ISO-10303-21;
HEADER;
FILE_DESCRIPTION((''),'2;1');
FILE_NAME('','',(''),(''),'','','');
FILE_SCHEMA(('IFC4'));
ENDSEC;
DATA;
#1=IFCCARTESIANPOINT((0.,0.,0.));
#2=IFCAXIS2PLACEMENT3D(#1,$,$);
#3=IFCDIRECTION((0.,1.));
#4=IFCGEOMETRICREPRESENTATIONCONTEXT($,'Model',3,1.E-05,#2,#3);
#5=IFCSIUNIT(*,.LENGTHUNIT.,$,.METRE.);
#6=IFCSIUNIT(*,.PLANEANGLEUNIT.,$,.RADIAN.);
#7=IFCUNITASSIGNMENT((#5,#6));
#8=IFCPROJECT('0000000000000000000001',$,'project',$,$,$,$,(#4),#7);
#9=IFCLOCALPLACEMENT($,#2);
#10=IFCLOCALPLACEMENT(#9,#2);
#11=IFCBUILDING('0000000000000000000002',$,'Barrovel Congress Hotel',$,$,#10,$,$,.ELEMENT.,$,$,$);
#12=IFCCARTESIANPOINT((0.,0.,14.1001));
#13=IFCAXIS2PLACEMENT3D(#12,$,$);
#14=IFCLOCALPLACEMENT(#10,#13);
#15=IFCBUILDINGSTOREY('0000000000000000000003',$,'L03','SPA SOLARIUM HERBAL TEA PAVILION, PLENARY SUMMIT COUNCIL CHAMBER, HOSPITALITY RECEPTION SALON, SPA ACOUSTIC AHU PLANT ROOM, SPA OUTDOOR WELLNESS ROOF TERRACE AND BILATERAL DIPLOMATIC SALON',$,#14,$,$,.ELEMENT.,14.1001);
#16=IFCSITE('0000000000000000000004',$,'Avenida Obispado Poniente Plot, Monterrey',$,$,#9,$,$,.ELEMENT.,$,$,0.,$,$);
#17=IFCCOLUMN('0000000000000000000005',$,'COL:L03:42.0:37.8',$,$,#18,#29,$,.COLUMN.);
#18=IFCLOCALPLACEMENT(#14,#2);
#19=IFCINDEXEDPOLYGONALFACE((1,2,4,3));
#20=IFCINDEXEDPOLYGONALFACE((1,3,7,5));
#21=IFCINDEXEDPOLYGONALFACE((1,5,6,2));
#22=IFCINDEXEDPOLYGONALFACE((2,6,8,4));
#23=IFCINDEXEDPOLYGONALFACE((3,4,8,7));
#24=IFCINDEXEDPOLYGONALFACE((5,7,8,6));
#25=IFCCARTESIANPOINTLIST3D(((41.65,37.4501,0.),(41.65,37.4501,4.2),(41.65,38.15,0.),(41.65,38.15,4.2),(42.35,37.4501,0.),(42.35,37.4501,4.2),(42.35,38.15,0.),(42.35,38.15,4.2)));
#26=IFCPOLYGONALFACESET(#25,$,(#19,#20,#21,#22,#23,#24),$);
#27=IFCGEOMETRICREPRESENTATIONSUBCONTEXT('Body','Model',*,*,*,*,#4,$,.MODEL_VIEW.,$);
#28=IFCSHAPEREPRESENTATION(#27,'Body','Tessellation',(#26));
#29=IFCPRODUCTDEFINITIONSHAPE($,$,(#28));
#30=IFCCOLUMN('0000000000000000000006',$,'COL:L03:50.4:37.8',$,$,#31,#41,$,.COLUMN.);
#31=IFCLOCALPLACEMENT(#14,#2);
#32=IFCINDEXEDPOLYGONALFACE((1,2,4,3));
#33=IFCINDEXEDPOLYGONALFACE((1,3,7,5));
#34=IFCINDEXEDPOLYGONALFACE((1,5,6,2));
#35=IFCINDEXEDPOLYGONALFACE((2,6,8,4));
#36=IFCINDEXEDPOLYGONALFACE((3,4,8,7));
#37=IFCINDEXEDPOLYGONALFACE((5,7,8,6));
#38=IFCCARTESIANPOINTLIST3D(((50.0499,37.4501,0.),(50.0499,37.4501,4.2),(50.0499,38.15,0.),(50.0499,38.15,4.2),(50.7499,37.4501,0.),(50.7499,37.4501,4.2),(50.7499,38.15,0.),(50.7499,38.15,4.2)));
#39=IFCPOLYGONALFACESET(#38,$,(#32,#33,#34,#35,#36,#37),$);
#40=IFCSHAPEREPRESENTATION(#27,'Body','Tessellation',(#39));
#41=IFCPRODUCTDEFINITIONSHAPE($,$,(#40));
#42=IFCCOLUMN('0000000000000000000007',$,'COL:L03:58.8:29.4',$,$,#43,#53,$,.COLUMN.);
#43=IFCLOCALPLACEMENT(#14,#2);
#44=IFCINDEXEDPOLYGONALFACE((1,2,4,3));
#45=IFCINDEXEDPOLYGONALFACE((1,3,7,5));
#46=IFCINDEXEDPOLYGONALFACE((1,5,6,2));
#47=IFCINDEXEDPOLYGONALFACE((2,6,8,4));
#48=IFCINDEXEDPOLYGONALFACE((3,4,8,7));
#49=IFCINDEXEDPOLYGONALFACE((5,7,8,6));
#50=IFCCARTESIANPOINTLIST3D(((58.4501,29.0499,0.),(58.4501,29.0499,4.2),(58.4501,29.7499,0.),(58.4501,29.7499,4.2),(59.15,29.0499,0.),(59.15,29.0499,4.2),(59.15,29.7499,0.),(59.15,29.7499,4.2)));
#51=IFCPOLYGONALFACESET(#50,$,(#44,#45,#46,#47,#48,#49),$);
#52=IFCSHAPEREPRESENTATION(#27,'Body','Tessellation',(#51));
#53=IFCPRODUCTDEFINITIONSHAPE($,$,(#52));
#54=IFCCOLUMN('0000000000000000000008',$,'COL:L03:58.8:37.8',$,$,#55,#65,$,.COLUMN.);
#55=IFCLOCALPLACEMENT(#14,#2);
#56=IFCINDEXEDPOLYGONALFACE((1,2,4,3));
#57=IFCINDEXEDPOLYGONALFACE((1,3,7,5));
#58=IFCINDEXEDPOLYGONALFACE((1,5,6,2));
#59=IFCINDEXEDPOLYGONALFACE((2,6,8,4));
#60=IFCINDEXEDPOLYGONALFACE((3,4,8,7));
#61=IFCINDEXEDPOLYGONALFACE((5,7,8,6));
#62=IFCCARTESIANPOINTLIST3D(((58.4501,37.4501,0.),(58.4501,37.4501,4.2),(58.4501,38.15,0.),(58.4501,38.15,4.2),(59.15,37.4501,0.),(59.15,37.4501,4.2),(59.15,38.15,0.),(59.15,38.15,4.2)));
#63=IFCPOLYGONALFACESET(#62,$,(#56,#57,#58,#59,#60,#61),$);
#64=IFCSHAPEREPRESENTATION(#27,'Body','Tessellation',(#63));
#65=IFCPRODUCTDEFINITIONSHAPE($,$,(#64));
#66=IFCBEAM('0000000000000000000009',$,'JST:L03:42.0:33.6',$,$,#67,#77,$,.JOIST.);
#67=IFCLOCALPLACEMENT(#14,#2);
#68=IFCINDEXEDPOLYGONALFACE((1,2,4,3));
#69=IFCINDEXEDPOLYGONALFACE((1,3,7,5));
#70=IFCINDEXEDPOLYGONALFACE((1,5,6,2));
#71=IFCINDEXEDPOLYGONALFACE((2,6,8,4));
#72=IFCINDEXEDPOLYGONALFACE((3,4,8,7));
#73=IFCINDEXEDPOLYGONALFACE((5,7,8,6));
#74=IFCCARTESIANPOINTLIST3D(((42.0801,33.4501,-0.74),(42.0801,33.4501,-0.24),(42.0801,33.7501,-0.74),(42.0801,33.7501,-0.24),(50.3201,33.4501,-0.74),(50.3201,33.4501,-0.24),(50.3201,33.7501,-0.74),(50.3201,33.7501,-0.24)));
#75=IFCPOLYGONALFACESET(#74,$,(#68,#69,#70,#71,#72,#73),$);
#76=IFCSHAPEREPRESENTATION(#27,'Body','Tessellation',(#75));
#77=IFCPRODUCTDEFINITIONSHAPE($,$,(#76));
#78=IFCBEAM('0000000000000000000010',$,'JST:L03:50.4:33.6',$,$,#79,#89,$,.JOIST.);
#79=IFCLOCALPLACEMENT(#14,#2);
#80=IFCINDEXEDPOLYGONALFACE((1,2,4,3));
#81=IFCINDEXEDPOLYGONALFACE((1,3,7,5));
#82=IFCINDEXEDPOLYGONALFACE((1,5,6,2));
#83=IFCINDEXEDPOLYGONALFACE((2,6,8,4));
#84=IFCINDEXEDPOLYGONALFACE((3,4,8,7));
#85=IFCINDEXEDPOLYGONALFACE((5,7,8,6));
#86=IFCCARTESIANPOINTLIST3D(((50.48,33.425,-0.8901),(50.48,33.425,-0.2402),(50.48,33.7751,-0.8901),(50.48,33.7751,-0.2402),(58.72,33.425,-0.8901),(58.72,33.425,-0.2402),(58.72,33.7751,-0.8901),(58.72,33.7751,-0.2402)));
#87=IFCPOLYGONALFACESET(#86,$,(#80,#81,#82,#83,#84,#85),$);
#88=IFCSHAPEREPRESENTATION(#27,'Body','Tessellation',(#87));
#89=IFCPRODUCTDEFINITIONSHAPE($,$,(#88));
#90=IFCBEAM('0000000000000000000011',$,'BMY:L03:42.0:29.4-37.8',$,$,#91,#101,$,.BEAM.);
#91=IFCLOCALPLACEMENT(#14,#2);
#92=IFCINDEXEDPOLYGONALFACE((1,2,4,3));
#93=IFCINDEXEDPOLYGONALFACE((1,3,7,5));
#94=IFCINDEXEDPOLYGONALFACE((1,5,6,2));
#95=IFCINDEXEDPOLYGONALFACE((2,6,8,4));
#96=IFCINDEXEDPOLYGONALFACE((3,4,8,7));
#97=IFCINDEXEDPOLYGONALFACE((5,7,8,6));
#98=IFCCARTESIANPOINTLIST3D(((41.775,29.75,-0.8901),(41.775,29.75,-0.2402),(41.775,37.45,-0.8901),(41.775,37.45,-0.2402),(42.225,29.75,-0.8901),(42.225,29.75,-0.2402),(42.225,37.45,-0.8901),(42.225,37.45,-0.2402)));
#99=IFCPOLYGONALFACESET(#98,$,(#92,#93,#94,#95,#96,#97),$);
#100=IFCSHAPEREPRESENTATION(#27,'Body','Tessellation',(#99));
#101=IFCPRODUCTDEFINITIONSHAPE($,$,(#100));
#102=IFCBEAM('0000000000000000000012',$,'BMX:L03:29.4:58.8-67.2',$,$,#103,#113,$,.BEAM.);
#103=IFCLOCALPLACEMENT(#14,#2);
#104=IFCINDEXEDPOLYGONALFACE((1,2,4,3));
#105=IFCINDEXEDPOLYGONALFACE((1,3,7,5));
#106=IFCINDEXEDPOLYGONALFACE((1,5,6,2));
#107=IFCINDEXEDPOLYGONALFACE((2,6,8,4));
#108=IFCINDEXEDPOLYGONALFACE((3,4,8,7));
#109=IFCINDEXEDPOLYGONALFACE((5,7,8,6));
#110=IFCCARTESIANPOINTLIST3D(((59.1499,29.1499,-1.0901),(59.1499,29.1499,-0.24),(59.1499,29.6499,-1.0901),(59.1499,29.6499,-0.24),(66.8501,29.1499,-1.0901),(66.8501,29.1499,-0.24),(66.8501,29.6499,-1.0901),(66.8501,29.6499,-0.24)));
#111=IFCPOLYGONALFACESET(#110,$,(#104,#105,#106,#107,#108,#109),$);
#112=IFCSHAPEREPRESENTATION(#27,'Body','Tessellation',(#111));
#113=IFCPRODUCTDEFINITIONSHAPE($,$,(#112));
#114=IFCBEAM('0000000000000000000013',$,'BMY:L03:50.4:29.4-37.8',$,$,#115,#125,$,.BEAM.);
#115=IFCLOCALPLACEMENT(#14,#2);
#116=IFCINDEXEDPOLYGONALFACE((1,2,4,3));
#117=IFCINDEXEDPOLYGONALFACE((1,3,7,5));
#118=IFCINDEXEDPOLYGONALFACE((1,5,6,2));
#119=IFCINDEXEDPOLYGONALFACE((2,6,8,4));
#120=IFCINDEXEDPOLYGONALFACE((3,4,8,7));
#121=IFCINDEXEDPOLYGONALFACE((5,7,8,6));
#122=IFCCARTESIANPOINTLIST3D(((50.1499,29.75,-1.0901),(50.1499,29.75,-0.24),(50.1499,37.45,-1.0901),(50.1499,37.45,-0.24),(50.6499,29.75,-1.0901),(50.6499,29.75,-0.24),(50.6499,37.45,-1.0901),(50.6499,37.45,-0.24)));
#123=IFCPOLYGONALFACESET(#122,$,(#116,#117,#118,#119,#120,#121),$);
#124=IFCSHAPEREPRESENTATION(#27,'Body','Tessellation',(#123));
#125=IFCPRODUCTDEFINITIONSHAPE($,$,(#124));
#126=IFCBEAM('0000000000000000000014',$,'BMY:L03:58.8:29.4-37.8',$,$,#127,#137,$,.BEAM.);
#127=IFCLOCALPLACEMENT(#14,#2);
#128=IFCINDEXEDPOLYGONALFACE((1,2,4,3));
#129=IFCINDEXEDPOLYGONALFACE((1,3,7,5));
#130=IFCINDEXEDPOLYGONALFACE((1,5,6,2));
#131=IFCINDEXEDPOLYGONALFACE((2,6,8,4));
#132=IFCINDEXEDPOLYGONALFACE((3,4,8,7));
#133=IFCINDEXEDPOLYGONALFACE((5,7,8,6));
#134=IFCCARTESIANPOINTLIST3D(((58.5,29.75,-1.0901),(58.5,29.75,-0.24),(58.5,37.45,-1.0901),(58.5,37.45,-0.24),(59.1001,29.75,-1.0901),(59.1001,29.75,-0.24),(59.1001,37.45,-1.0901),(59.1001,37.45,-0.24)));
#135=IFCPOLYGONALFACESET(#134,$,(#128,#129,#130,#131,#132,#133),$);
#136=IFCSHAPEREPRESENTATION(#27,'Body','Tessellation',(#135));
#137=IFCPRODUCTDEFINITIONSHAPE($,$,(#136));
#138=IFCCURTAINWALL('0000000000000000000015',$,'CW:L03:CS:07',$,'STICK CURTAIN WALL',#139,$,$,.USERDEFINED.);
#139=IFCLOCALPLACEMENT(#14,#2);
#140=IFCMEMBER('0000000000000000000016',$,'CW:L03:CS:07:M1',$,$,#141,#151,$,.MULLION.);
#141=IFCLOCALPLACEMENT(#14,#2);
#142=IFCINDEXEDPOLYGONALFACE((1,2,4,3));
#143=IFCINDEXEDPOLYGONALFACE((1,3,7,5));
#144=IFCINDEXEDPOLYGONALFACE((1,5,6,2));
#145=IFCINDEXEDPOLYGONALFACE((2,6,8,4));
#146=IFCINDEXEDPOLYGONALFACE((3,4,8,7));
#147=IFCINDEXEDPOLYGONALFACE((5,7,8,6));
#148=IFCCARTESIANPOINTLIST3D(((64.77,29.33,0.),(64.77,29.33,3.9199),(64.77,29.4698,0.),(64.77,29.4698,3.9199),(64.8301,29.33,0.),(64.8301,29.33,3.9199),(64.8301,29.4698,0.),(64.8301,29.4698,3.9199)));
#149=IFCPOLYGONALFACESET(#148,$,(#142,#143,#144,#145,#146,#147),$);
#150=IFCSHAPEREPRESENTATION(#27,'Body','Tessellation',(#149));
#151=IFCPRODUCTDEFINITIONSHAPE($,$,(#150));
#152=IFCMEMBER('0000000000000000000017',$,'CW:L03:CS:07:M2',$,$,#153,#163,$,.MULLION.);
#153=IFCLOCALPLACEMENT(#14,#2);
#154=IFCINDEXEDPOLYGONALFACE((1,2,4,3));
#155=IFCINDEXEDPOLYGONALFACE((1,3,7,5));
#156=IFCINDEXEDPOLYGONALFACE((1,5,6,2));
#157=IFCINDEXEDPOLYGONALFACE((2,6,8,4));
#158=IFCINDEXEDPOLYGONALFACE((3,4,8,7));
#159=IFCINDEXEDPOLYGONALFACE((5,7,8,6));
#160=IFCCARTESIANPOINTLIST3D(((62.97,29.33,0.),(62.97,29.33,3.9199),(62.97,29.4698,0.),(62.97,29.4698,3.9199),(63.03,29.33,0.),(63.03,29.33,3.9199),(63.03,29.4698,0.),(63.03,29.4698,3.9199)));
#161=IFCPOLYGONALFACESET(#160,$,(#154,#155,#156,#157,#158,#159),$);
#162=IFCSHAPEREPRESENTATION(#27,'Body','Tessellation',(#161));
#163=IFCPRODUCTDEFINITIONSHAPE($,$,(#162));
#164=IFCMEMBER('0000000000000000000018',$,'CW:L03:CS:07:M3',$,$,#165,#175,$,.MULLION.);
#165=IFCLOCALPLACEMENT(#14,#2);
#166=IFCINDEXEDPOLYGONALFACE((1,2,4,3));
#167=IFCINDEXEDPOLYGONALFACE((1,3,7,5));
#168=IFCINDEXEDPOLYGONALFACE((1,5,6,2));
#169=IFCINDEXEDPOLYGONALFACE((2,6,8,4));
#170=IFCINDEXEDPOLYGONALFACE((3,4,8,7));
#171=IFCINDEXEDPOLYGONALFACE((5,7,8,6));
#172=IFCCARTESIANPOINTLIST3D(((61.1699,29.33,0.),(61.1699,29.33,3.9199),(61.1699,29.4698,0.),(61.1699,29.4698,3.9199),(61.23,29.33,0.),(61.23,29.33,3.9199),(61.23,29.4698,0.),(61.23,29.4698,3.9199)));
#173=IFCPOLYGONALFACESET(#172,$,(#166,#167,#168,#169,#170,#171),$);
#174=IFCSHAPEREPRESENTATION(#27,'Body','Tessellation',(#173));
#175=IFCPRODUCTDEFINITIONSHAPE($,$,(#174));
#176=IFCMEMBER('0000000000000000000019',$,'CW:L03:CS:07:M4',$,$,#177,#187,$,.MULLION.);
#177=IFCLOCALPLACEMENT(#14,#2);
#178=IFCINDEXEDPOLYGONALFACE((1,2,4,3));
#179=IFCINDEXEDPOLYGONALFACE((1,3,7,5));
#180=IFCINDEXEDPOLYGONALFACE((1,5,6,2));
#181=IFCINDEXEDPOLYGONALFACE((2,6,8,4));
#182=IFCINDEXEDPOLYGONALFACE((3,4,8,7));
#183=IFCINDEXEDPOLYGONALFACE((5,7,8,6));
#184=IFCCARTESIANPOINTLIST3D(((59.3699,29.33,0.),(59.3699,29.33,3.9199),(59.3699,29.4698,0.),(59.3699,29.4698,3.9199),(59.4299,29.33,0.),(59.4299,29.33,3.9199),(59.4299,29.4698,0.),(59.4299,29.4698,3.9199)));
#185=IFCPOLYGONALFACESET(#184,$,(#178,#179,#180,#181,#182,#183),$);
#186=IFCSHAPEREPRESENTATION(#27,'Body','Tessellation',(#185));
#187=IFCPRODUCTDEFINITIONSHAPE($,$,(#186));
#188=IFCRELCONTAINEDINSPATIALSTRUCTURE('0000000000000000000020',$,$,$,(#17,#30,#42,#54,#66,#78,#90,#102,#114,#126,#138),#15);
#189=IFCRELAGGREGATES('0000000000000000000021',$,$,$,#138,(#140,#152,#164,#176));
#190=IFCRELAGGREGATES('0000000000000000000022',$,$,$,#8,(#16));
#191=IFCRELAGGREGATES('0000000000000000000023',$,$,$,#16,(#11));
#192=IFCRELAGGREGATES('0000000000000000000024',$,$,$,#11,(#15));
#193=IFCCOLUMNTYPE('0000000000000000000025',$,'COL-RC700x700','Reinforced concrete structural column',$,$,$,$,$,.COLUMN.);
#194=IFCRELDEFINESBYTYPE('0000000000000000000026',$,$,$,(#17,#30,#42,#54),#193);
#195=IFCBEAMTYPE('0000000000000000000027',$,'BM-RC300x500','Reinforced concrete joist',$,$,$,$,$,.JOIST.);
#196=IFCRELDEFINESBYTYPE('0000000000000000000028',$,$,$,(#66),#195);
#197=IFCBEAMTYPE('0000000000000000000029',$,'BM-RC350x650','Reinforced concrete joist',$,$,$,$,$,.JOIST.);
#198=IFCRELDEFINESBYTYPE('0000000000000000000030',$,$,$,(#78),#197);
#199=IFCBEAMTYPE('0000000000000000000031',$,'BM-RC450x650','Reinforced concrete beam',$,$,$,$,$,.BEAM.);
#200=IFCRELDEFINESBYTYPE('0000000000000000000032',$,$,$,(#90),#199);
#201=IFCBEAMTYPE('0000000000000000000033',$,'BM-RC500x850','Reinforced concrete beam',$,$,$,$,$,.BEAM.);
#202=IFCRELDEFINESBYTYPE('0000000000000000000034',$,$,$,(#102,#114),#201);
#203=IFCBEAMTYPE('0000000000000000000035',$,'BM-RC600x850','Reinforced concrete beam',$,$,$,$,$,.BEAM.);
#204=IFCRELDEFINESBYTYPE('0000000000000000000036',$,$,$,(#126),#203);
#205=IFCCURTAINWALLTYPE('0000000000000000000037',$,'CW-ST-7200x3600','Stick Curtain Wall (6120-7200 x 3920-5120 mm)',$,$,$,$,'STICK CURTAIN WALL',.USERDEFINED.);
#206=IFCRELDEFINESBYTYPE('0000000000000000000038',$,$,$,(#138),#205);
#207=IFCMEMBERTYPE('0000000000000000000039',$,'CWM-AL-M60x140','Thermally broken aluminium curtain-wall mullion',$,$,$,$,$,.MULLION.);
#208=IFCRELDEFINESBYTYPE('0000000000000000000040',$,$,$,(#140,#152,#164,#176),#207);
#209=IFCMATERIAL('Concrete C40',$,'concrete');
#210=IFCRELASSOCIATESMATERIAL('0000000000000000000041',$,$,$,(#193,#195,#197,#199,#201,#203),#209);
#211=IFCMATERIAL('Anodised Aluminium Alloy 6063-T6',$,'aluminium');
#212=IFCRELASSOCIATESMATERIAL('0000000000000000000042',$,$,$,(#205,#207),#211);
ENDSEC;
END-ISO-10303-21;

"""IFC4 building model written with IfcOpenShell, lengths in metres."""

from ifc_helpers import new_model, si_unit, direction, frame, origin, origin_2d, place, context, subcontext, project, spatial, rectangle, extrude, material, material_profile, profile_set, type_object, element, aggregate, save


model = new_model("IFC4")

# Units and contexts
model_context = context("Model", 3, precision=1e-05, world=origin(), true_north=direction((0.0, 1.0)))
body_context = subcontext(model_context, "Body", "Model", "MODEL_VIEW")
ifc_project = project(units=[si_unit("LENGTHUNIT", "METRE"), si_unit("PLANEANGLEUNIT", "RADIAN")], contexts=[model_context])

# Site, building, storey
site_placement = place(None, origin())
site = spatial("IfcSite", under=ifc_project, at=site_placement, Name="Avenida Obispado Poniente Plot, Monterrey", CompositionType="ELEMENT", RefElevation=0.0)
building_placement = place(site_placement, origin())
building = spatial("IfcBuilding", under=site, at=building_placement, Name="Barrovel Congress Hotel", CompositionType="ELEMENT")
storey_placement = place(building_placement, frame((0.0, 0.0, 14.1001)))
storey = spatial("IfcBuildingStorey", under=building, at=storey_placement, Name="L03", Description="SPA SOLARIUM HERBAL TEA PAVILION, PLENARY SUMMIT COUNCIL CHAMBER, HOSPITALITY RECEPTION SALON, SPA ACOUSTIC AHU PLANT ROOM, SPA OUTDOOR WELLNESS ROOF TERRACE AND BILATERAL DIPLOMATIC SALON", CompositionType="ELEMENT", Elevation=14.1001)

# Columns
ifc_material_1 = material(Name="Concrete C40", Category="concrete")
ifc_material_profile_1 = material_profile(ifc_material_1, rectangle(XDim=0.7, YDim=0.7, at=origin_2d()), Name="RC700x700")
ifc_profile_set_1 = profile_set([ifc_material_profile_1], Name="Concrete C40")
column_type = type_object("IfcColumnType", Name="COL-RC700x700", Description="Reinforced concrete structural column", PredefinedType="COLUMN", material=ifc_profile_set_1)
for number, where, z_axis, x_axis, name in (
    (1, (42.0, 37.8, 0.0), (0.0, 0.0, 1.0), (1.0, 0.0, 0.0), "COL:L03:42.0:37.8"),
    (2, (50.3999, 37.8, 0.0), (0.0, 0.0, 1.0), (1.0, 0.0, 0.0), "COL:L03:50.4:37.8"),
    (3, (58.8, 29.3999, 0.0), (0.0, 0.0, 1.0), (1.0, 0.0, 0.0), "COL:L03:58.8:29.4"),
    (4, (58.8, 37.8, 0.0), (0.0, 0.0, 1.0), (1.0, 0.0, 0.0), "COL:L03:58.8:37.8"),
):
    element("IfcColumn", number, at=place(storey_placement, frame(where, z_axis=z_axis, x_axis=x_axis)), inside=storey, type_object=column_type, Name=name, PredefinedType="COLUMN", context=body_context, shape_type="SweptSolid", body=[
        extrude(rectangle(XDim=0.7, YDim=0.7, at=origin_2d()), origin(), (0.0, 0.0, 1.0), 4.2),
    ])

# Beams
ifc_material_profile_2 = material_profile(ifc_material_1, rectangle(XDim=0.3, YDim=0.5, at=origin_2d()), Name="RC300x500")
ifc_profile_set_2 = profile_set([ifc_material_profile_2], Name="Concrete C40")
beam_type_1 = type_object("IfcBeamType", Name="BM-RC300x500", Description="Reinforced concrete joist", PredefinedType="JOIST", material=ifc_profile_set_2)
beam_1_placement = place(storey_placement, frame((42.0801, 33.6001, -0.49), z_axis=(1.0, 0.0, 0.0), x_axis=(0.0, 1.0, 0.0)))
element("IfcBeam", 5, at=beam_1_placement, inside=storey, type_object=beam_type_1, Name="JST:L03:42.0:33.6", PredefinedType="JOIST", context=body_context, shape_type="SweptSolid", body=[
    extrude(rectangle(XDim=0.3, YDim=0.5, at=origin_2d()), origin(), (0.0, 0.0, 1.0), 8.24),
])
ifc_material_profile_3 = material_profile(ifc_material_1, rectangle(XDim=0.3501, YDim=0.6499, at=origin_2d()), Name="RC350x650")
ifc_profile_set_3 = profile_set([ifc_material_profile_3], Name="Concrete C40")
beam_type_2 = type_object("IfcBeamType", Name="BM-RC350x650", Description="Reinforced concrete joist", PredefinedType="JOIST", material=ifc_profile_set_3)
beam_2_placement = place(storey_placement, frame((50.48, 33.6001, -0.5652), z_axis=(1.0, 0.0, 0.0), x_axis=(0.0, 1.0, 0.0)))
element("IfcBeam", 6, at=beam_2_placement, inside=storey, type_object=beam_type_2, Name="JST:L03:50.4:33.6", PredefinedType="JOIST", context=body_context, shape_type="SweptSolid", body=[
    extrude(rectangle(XDim=0.3501, YDim=0.6499, at=origin_2d()), origin(), (0.0, 0.0, 1.0), 8.24),
])
ifc_material_profile_4 = material_profile(ifc_material_1, rectangle(XDim=0.45, YDim=0.6499, at=origin_2d()), Name="RC450x650")
ifc_profile_set_4 = profile_set([ifc_material_profile_4], Name="Concrete C40")
beam_type_3 = type_object("IfcBeamType", Name="BM-RC450x650", Description="Reinforced concrete beam", PredefinedType="BEAM", material=ifc_profile_set_4)
beam_3_placement = place(storey_placement, frame((42.0, 29.75, -0.5652), z_axis=(0.0, 1.0, 0.0), x_axis=(-1.0, 0.0, 0.0)))
element("IfcBeam", 7, at=beam_3_placement, inside=storey, type_object=beam_type_3, Name="BMY:L03:42.0:29.4-37.8", PredefinedType="BEAM", context=body_context, shape_type="SweptSolid", body=[
    extrude(rectangle(XDim=0.45, YDim=0.6499, at=origin_2d()), origin(), (0.0, 0.0, 1.0), 7.7),
])
ifc_material_profile_5 = material_profile(ifc_material_1, rectangle(XDim=0.5, YDim=0.8501, at=origin_2d()), Name="RC500x850")
ifc_profile_set_5 = profile_set([ifc_material_profile_5], Name="Concrete C40")
beam_type_4 = type_object("IfcBeamType", Name="BM-RC500x850", Description="Reinforced concrete beam", PredefinedType="BEAM", material=ifc_profile_set_5)
beam_4_placement = place(storey_placement, frame((59.1499, 29.3999, -0.665), z_axis=(1.0, 0.0, 0.0), x_axis=(0.0, 1.0, 0.0)))
element("IfcBeam", 8, at=beam_4_placement, inside=storey, type_object=beam_type_4, Name="BMX:L03:29.4:58.8-67.2", PredefinedType="BEAM", context=body_context, shape_type="SweptSolid", body=[
    extrude(rectangle(XDim=0.5, YDim=0.8501, at=origin_2d()), origin(), (0.0, 0.0, 1.0), 7.7002),
])
beam_5_placement = place(storey_placement, frame((50.3999, 29.75, -0.665), z_axis=(0.0, 1.0, 0.0), x_axis=(-1.0, 0.0, 0.0)))
element("IfcBeam", 9, at=beam_5_placement, inside=storey, type_object=beam_type_4, Name="BMY:L03:50.4:29.4-37.8", PredefinedType="BEAM", context=body_context, shape_type="SweptSolid", body=[
    extrude(rectangle(XDim=0.5, YDim=0.8501, at=origin_2d()), origin(), (0.0, 0.0, 1.0), 7.7),
])
ifc_material_profile_6 = material_profile(ifc_material_1, rectangle(XDim=0.6001, YDim=0.8501, at=origin_2d()), Name="RC600x850")
ifc_profile_set_6 = profile_set([ifc_material_profile_6], Name="Concrete C40")
beam_type_5 = type_object("IfcBeamType", Name="BM-RC600x850", Description="Reinforced concrete beam", PredefinedType="BEAM", material=ifc_profile_set_6)
beam_6_placement = place(storey_placement, frame((58.8, 29.75, -0.665), z_axis=(0.0, 1.0, 0.0), x_axis=(-1.0, 0.0, 0.0)))
element("IfcBeam", 10, at=beam_6_placement, inside=storey, type_object=beam_type_5, Name="BMY:L03:58.8:29.4-37.8", PredefinedType="BEAM", context=body_context, shape_type="SweptSolid", body=[
    extrude(rectangle(XDim=0.6001, YDim=0.8501, at=origin_2d()), origin(), (0.0, 0.0, 1.0), 7.7),
])

# Curtain wall, members
ifc_material_2 = material(Name="Anodised Aluminium Alloy 6063-T6", Category="aluminium")
curtain_wall_type = type_object("IfcCurtainWallType", Name="CW-ST-7200x3600", Description="Stick Curtain Wall (6120-7200 x 3920-5120 mm)", ElementType="STICK CURTAIN WALL", PredefinedType="USERDEFINED", material=ifc_material_2)
curtain_wall_placement = place(storey_placement, origin())
curtain_wall = element("IfcCurtainWall", 11, at=curtain_wall_placement, inside=storey, type_object=curtain_wall_type, Name="CW:L03:CS:07", ObjectType="STICK CURTAIN WALL", PredefinedType="USERDEFINED")
ifc_material_profile_7 = material_profile(ifc_material_2, rectangle(XDim=0.0601, YDim=0.1399, at=origin_2d()), Name="AL-M60x140")
ifc_profile_set_7 = profile_set([ifc_material_profile_7], Name="Anodised Aluminium Alloy 6063-T6")
member_type = type_object("IfcMemberType", Name="CWM-AL-M60x140", Description="Thermally broken aluminium curtain-wall mullion", PredefinedType="MULLION", material=ifc_profile_set_7)
member_1_placement = place(storey_placement, frame((64.8, 29.3999, 0.0), z_axis=(0.0, 0.0, 1.0), x_axis=(1.0, 0.0, 0.0)))
member_1 = element("IfcMember", 12, at=member_1_placement, type_object=member_type, Name="CW:L03:CS:07:M1", PredefinedType="MULLION", context=body_context, shape_type="SweptSolid", body=[
    extrude(rectangle(XDim=0.0601, YDim=0.1399, at=origin_2d()), origin(), (0.0, 0.0, 1.0), 3.9199),
])
member_2_placement = place(storey_placement, frame((63.0, 29.3999, 0.0), z_axis=(0.0, 0.0, 1.0), x_axis=(1.0, 0.0, 0.0)))
member_2 = element("IfcMember", 13, at=member_2_placement, type_object=member_type, Name="CW:L03:CS:07:M2", PredefinedType="MULLION", context=body_context, shape_type="SweptSolid", body=[
    extrude(rectangle(XDim=0.0601, YDim=0.1399, at=origin_2d()), origin(), (0.0, 0.0, 1.0), 3.9199),
])
member_3_placement = place(storey_placement, frame((61.2, 29.3999, 0.0), z_axis=(0.0, 0.0, 1.0), x_axis=(1.0, 0.0, 0.0)))
member_3 = element("IfcMember", 14, at=member_3_placement, type_object=member_type, Name="CW:L03:CS:07:M3", PredefinedType="MULLION", context=body_context, shape_type="SweptSolid", body=[
    extrude(rectangle(XDim=0.0601, YDim=0.1399, at=origin_2d()), origin(), (0.0, 0.0, 1.0), 3.9199),
])
member_4_placement = place(storey_placement, frame((59.3999, 29.3999, 0.0), z_axis=(0.0, 0.0, 1.0), x_axis=(1.0, 0.0, 0.0)))
member_4 = element("IfcMember", 15, at=member_4_placement, type_object=member_type, Name="CW:L03:CS:07:M4", PredefinedType="MULLION", context=body_context, shape_type="SweptSolid", body=[
    extrude(rectangle(XDim=0.0601, YDim=0.1399, at=origin_2d()), origin(), (0.0, 0.0, 1.0), 3.9199),
])

aggregate(curtain_wall, [member_1, member_2, member_3, member_4])

save(model, "model.ifc")
